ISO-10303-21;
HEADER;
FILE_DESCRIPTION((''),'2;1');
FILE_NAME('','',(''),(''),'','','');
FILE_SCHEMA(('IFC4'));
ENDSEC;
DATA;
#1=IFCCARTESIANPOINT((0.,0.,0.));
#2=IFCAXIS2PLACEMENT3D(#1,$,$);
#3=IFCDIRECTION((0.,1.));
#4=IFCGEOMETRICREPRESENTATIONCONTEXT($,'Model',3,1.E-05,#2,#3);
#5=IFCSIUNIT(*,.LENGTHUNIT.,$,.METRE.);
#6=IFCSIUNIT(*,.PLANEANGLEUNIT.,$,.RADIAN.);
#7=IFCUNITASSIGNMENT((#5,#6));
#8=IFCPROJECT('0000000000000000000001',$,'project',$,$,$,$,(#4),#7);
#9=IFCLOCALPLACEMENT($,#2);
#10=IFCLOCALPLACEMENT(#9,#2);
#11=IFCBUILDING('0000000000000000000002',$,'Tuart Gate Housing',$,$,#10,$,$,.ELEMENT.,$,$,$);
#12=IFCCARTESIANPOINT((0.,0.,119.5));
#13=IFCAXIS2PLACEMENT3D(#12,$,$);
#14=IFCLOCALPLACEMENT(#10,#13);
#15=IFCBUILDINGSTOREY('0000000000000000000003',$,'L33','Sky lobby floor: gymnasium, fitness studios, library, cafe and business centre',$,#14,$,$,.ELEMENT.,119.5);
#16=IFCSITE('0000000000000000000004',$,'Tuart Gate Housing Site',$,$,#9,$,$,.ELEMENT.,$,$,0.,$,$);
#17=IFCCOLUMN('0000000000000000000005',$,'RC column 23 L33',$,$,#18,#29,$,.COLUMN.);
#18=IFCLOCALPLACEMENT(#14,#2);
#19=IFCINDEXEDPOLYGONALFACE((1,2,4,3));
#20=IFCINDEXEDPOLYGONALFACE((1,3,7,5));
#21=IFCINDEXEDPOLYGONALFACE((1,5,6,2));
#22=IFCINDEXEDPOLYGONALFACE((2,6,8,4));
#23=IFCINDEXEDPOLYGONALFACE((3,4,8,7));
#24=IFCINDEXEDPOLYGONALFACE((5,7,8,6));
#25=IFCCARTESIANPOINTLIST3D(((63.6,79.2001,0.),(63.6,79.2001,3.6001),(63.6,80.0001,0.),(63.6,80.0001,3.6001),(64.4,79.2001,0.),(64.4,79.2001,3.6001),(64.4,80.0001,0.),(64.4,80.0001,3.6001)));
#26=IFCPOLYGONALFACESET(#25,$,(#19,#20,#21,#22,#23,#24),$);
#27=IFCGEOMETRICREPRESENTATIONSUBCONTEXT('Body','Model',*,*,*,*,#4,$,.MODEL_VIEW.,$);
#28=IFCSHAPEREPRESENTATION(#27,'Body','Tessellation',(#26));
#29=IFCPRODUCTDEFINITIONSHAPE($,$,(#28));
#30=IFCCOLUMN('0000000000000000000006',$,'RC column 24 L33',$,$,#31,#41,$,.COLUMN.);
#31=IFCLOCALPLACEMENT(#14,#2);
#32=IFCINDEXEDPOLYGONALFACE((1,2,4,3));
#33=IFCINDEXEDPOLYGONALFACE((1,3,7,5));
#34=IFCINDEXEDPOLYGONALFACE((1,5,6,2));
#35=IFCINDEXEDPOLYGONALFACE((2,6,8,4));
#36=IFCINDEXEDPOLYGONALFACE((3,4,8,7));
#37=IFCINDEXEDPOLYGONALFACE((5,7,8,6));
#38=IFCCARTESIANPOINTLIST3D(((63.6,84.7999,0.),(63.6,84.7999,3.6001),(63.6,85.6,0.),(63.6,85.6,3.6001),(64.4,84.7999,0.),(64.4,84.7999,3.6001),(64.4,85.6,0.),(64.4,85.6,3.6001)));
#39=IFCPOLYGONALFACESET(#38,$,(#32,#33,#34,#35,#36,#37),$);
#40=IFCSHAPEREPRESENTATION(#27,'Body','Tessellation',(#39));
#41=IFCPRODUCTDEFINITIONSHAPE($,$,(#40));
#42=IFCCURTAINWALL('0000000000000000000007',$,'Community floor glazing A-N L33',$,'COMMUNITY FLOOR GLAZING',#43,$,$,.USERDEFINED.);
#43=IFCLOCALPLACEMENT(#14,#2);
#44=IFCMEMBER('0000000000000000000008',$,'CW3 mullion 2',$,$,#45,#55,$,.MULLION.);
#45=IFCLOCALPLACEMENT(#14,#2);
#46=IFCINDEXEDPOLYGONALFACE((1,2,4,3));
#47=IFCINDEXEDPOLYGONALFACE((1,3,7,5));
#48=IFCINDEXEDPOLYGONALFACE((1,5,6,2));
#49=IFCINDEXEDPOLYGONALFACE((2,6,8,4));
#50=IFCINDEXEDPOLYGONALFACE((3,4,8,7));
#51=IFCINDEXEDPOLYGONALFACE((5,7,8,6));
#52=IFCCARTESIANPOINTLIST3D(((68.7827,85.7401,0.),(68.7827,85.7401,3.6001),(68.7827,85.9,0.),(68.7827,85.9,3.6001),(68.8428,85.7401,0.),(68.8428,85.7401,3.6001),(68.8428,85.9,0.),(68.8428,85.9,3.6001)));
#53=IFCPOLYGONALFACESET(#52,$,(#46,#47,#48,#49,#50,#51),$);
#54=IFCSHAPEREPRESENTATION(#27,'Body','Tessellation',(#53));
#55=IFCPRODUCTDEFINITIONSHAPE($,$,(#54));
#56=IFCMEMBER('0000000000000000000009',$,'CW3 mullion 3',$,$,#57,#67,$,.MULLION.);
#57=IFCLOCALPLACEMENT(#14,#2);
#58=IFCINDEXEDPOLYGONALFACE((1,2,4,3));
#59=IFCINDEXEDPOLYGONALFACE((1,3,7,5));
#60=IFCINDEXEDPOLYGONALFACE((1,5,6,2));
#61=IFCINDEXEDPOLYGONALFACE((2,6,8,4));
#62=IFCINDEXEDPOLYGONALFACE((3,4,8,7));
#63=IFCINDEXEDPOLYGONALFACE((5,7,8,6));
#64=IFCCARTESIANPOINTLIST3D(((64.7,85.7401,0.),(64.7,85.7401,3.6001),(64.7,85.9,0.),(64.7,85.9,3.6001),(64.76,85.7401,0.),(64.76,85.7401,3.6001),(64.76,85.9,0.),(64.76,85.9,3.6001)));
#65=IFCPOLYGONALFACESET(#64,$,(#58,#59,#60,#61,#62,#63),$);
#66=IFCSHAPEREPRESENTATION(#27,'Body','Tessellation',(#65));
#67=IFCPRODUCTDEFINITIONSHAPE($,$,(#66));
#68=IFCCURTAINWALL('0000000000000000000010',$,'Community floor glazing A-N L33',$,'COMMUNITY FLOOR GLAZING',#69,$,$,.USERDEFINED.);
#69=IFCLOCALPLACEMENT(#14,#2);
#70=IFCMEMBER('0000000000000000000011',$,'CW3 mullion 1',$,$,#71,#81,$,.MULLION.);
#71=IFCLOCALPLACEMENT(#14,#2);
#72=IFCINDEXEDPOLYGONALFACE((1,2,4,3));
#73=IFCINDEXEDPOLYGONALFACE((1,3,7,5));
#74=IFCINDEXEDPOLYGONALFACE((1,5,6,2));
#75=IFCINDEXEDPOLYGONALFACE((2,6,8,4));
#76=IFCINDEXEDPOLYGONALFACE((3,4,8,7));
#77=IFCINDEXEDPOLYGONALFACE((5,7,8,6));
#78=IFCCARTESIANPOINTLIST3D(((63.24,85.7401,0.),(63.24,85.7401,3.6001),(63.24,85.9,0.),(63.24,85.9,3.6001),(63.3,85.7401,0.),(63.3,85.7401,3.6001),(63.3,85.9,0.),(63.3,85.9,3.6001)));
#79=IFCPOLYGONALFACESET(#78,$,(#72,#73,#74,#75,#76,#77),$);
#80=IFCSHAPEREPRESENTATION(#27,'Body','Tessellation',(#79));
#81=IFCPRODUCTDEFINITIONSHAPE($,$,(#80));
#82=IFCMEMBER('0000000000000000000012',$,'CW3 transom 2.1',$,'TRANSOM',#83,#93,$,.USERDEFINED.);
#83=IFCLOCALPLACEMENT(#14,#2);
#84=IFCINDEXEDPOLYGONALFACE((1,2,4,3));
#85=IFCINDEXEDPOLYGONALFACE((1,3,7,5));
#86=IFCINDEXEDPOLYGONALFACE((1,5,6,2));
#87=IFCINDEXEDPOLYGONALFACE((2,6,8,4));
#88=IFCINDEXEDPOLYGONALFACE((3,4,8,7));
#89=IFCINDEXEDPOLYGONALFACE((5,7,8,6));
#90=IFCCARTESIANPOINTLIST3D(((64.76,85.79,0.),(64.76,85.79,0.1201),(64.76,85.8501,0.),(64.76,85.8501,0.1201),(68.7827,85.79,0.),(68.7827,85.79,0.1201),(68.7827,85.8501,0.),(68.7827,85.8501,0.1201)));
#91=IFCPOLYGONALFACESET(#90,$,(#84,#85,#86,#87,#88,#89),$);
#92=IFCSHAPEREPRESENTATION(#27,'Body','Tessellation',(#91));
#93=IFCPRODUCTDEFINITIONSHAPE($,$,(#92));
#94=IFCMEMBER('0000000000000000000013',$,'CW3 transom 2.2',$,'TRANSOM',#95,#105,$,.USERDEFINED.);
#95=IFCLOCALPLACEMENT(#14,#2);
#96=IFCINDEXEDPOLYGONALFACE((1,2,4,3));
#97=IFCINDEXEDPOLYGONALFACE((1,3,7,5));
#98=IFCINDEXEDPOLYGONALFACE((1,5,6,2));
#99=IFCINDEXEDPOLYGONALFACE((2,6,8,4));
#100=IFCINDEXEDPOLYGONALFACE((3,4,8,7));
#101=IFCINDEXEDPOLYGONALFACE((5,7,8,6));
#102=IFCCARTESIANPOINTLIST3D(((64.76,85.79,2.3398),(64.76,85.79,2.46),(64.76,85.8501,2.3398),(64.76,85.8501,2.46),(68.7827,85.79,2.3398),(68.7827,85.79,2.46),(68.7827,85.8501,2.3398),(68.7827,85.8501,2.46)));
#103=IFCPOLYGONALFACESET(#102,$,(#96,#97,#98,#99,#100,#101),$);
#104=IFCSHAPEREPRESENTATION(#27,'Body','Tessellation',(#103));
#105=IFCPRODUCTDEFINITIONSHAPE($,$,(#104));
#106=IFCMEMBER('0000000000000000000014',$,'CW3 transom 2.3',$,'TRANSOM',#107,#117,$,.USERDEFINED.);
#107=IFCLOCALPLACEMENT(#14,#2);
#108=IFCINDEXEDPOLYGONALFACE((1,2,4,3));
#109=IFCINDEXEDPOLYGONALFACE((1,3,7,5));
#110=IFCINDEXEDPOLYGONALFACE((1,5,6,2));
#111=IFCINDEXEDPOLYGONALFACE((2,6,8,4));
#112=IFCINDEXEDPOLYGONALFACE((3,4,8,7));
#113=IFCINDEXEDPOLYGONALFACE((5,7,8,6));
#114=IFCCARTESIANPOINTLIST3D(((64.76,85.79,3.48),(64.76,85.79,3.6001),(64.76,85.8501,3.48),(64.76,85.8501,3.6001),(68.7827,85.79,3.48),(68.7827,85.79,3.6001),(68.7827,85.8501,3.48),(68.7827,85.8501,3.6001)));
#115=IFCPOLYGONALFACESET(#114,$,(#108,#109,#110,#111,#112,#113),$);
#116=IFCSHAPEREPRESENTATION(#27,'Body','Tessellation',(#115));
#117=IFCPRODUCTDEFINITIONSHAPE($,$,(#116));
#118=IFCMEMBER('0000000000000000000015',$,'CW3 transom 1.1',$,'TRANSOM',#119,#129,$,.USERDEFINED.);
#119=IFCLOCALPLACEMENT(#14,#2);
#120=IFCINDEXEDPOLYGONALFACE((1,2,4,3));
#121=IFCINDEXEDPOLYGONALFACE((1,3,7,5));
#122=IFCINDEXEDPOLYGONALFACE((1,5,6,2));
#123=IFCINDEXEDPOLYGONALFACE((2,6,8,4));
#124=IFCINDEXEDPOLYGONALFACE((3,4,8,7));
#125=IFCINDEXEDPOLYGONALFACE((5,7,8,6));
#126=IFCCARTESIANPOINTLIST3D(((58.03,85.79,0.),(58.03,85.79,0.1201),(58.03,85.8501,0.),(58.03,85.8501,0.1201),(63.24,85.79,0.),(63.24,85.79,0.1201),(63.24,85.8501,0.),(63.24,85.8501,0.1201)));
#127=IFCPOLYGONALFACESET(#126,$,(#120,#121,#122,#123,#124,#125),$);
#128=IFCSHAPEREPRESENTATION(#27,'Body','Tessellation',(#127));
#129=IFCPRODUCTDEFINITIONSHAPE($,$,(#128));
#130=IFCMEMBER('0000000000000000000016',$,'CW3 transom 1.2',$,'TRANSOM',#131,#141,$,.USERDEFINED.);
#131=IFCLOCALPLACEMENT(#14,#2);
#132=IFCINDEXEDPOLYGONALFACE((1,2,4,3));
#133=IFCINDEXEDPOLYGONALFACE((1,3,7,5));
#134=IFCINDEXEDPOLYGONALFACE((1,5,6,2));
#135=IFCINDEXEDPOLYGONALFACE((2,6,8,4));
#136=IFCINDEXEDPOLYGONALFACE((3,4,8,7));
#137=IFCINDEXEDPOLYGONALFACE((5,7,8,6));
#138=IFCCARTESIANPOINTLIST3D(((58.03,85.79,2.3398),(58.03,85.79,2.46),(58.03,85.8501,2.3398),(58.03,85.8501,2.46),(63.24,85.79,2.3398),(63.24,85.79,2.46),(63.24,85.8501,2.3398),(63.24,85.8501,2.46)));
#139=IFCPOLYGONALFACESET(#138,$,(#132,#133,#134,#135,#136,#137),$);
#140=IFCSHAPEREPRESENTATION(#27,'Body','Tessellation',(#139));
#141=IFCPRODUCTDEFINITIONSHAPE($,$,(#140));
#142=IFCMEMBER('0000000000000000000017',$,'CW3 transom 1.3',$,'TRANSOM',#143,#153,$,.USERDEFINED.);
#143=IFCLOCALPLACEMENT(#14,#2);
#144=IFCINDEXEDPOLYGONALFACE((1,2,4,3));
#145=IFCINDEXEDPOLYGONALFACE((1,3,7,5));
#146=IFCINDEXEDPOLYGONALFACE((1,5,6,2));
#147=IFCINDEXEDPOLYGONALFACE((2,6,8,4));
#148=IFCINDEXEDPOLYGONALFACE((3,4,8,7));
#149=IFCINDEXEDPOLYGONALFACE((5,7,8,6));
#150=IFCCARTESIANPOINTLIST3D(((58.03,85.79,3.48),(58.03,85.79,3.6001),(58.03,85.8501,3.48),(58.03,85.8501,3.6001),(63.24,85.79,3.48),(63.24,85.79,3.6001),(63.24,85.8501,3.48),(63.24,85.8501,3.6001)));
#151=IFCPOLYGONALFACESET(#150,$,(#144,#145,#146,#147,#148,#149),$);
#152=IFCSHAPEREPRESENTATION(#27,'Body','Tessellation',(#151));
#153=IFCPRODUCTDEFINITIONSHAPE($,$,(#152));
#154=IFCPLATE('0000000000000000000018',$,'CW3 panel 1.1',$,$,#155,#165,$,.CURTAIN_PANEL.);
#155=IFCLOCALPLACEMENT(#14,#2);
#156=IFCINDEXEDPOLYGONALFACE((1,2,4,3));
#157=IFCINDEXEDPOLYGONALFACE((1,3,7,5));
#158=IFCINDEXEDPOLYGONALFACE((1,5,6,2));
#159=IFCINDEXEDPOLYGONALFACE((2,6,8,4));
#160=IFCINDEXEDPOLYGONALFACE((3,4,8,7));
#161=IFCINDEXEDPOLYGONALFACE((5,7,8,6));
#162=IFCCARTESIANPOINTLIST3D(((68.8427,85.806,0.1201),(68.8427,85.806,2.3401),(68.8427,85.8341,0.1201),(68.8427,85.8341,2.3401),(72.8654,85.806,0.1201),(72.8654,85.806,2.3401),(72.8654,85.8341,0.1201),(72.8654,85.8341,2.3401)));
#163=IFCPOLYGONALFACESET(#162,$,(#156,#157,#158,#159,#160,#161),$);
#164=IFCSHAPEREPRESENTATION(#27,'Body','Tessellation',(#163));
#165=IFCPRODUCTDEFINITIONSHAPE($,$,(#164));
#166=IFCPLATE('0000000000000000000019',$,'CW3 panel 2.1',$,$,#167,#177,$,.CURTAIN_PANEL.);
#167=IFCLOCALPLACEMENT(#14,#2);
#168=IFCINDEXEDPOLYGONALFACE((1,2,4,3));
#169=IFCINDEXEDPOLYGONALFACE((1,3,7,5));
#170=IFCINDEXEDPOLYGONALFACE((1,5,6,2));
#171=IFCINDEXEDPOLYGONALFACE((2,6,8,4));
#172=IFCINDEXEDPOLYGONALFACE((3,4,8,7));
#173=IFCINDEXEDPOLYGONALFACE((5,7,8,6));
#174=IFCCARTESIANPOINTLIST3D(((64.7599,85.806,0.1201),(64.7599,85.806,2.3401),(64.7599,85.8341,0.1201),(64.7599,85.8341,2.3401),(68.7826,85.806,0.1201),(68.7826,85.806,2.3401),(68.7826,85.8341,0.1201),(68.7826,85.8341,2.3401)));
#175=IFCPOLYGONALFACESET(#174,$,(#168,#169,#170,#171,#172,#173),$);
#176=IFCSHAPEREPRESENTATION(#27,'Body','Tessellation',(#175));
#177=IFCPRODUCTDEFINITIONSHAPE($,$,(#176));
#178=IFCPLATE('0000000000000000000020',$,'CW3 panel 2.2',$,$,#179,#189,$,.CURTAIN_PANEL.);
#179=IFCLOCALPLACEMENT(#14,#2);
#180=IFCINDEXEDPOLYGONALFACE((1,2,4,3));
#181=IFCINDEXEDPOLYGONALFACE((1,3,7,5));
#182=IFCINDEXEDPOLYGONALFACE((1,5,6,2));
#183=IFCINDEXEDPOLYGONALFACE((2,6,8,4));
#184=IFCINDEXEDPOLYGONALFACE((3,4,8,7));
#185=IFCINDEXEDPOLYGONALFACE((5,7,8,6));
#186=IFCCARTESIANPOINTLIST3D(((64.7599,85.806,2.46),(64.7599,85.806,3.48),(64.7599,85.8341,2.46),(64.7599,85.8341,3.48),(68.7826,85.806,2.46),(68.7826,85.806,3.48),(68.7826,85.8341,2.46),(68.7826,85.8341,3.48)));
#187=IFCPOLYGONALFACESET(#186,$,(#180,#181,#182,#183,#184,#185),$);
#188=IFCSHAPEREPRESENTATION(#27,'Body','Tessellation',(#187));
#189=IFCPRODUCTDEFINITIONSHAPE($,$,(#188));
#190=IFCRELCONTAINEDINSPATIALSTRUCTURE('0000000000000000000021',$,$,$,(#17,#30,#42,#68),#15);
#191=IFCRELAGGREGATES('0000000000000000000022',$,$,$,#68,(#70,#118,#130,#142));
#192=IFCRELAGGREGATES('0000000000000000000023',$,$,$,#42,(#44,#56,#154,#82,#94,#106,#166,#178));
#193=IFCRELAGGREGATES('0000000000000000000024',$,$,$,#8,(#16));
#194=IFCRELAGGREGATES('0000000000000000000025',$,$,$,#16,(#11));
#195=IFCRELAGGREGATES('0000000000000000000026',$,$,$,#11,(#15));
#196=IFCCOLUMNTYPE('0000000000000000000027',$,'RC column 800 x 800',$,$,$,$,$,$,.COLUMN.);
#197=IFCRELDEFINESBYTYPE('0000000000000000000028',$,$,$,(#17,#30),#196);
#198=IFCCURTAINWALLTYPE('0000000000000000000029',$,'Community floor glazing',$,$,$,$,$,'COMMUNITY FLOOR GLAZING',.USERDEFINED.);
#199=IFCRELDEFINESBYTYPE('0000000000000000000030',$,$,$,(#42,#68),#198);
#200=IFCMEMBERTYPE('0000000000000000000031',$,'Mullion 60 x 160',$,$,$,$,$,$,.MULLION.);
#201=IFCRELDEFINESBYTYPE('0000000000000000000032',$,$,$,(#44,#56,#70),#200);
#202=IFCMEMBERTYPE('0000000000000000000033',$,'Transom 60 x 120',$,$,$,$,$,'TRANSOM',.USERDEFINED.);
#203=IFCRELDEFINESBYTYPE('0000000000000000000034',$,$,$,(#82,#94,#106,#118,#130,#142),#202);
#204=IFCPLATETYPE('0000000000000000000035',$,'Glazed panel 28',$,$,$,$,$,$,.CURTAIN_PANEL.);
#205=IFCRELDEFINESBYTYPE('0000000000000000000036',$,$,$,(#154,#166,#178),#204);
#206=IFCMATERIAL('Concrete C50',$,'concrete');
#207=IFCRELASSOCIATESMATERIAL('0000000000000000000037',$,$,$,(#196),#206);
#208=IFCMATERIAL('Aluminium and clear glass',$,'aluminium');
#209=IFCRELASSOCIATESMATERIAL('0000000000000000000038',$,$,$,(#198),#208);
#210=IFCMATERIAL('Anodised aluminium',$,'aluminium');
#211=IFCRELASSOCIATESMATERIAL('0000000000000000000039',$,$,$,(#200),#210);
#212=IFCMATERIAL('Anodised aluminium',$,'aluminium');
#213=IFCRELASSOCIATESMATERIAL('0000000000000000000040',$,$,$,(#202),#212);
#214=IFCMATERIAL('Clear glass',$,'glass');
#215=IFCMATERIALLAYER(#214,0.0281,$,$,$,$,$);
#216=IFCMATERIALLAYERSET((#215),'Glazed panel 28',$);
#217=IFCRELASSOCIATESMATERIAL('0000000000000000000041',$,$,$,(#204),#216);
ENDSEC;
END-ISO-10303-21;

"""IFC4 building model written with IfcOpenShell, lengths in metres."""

from ifc_helpers import new_model, si_unit, direction, frame, origin, origin_2d, place, context, subcontext, project, spatial, rectangle, extrude, material, layer, layer_set, material_profile, profile_set, type_object, element, aggregate, save


model = new_model("IFC4")

# Units and contexts
model_context = context("Model", 3, precision=1e-05, world=origin(), true_north=direction((0.0, 1.0)))
body_context = subcontext(model_context, "Body", "Model", "MODEL_VIEW")
ifc_project = project(units=[si_unit("LENGTHUNIT", "METRE"), si_unit("PLANEANGLEUNIT", "RADIAN")], contexts=[model_context])

# Site, building, storey
site_placement = place(None, origin())
site = spatial("IfcSite", under=ifc_project, at=site_placement, Name="Tuart Gate Housing Site", CompositionType="ELEMENT", RefElevation=0.0)
building_placement = place(site_placement, origin())
building = spatial("IfcBuilding", under=site, at=building_placement, Name="Tuart Gate Housing", CompositionType="ELEMENT")
storey_placement = place(building_placement, frame((0.0, 0.0, 119.5)))
storey = spatial("IfcBuildingStorey", under=building, at=storey_placement, Name="L33", Description="Sky lobby floor: gymnasium, fitness studios, library, cafe and business centre", CompositionType="ELEMENT", Elevation=119.5)

# Columns
ifc_material_1 = material(Name="Concrete C50", Category="concrete")
ifc_material_profile_1 = material_profile(ifc_material_1, rectangle(XDim=0.8, YDim=0.8, at=origin_2d()), Name="RC column 800 x 800")
ifc_profile_set_1 = profile_set([ifc_material_profile_1], Name="Concrete C50")
column_type = type_object("IfcColumnType", Name="RC column 800 x 800", PredefinedType="COLUMN", material=ifc_profile_set_1)
for number, where, z_axis, x_axis, name in (
    (1, (64.0, 79.6001, 0.0), (0.0, 0.0, 1.0), (1.0, 0.0, 0.0), "RC column 23 L33"),
    (2, (64.0, 85.2, 0.0), (0.0, 0.0, 1.0), (1.0, 0.0, 0.0), "RC column 24 L33"),
):
    element("IfcColumn", number, at=place(storey_placement, frame(where, z_axis=z_axis, x_axis=x_axis)), inside=storey, type_object=column_type, Name=name, PredefinedType="COLUMN", context=body_context, shape_type="SweptSolid", body=[
        extrude(rectangle(XDim=0.8, YDim=0.8, at=origin_2d()), origin(), (0.0, 0.0, 1.0), 3.6001),
    ])

# Curtain wall, members
ifc_material_2 = material(Name="Aluminium and clear glass", Category="aluminium")
curtain_wall_type = type_object("IfcCurtainWallType", Name="Community floor glazing", ElementType="COMMUNITY FLOOR GLAZING", PredefinedType="USERDEFINED", material=ifc_material_2)
curtain_wall_1_placement = place(storey_placement, origin())
curtain_wall_1 = element("IfcCurtainWall", 3, at=curtain_wall_1_placement, inside=storey, type_object=curtain_wall_type, Name="Community floor glazing A-N L33", ObjectType="COMMUNITY FLOOR GLAZING", PredefinedType="USERDEFINED")
ifc_material_3 = material(Name="Anodised aluminium", Category="aluminium")
ifc_material_profile_2 = material_profile(ifc_material_3, rectangle(XDim=0.0601, YDim=0.1599, at=origin_2d()), Name="60x160")
ifc_profile_set_2 = profile_set([ifc_material_profile_2], Name="Anodised aluminium")
member_type_1 = type_object("IfcMemberType", Name="Mullion 60 x 160", PredefinedType="MULLION", material=ifc_profile_set_2)
member_1_placement = place(storey_placement, frame((68.8127, 85.8201, 0.0), z_axis=(0.0, 0.0, 1.0), x_axis=(-1.0, 0.0, 0.0)))
member_1 = element("IfcMember", 4, at=member_1_placement, type_object=member_type_1, Name="CW3 mullion 2", PredefinedType="MULLION", context=body_context, shape_type="SweptSolid", body=[
    extrude(rectangle(XDim=0.0601, YDim=0.1599, at=origin_2d()), origin(), (0.0, 0.0, 1.0), 3.6001),
])
member_2_placement = place(storey_placement, frame((64.73, 85.8201, 0.0), z_axis=(0.0, 0.0, 1.0), x_axis=(-1.0, 0.0, 0.0)))
member_2 = element("IfcMember", 5, at=member_2_placement, type_object=member_type_1, Name="CW3 mullion 3", PredefinedType="MULLION", context=body_context, shape_type="SweptSolid", body=[
    extrude(rectangle(XDim=0.0601, YDim=0.1599, at=origin_2d()), origin(), (0.0, 0.0, 1.0), 3.6001),
])

# Curtain wall, member
curtain_wall_2_placement = place(storey_placement, origin())
curtain_wall_2 = element("IfcCurtainWall", 6, at=curtain_wall_2_placement, inside=storey, type_object=curtain_wall_type, Name="Community floor glazing A-N L33", ObjectType="COMMUNITY FLOOR GLAZING", PredefinedType="USERDEFINED")
member_3_placement = place(storey_placement, frame((63.27, 85.8201, 0.0), z_axis=(0.0, 0.0, 1.0), x_axis=(-1.0, 0.0, 0.0)))
member_3 = element("IfcMember", 7, at=member_3_placement, type_object=member_type_1, Name="CW3 mullion 1", PredefinedType="MULLION", context=body_context, shape_type="SweptSolid", body=[
    extrude(rectangle(XDim=0.0601, YDim=0.1599, at=origin_2d()), origin(), (0.0, 0.0, 1.0), 3.6001),
])

# Members
ifc_material_4 = material(Name="Anodised aluminium", Category="aluminium")
ifc_material_profile_3 = material_profile(ifc_material_4, rectangle(XDim=0.0601, YDim=0.1201, at=origin_2d()), Name="60x120")
ifc_profile_set_3 = profile_set([ifc_material_profile_3], Name="Anodised aluminium")
member_type_2 = type_object("IfcMemberType", Name="Transom 60 x 120", ElementType="TRANSOM", PredefinedType="USERDEFINED", material=ifc_profile_set_3)
member_4_placement = place(storey_placement, frame((68.7827, 85.8201, 0.0601), z_axis=(-1.0, 0.0, 0.0), x_axis=(0.0, -1.0, 0.0)))
member_4 = element("IfcMember", 8, at=member_4_placement, type_object=member_type_2, Name="CW3 transom 2.1", ObjectType="TRANSOM", PredefinedType="USERDEFINED", context=body_context, shape_type="SweptSolid", body=[
    extrude(rectangle(XDim=0.0601, YDim=0.1201, at=origin_2d()), origin(), (0.0, 0.0, 1.0), 4.0227),
])
member_5_placement = place(storey_placement, frame((68.7827, 85.8201, 2.3999), z_axis=(-1.0, 0.0, 0.0), x_axis=(0.0, -1.0, 0.0)))
member_5 = element("IfcMember", 9, at=member_5_placement, type_object=member_type_2, Name="CW3 transom 2.2", ObjectType="TRANSOM", PredefinedType="USERDEFINED", context=body_context, shape_type="SweptSolid", body=[
    extrude(rectangle(XDim=0.0601, YDim=0.1201, at=origin_2d()), origin(), (0.0, 0.0, 1.0), 4.0227),
])
member_6_placement = place(storey_placement, frame((68.7827, 85.8201, 3.54), z_axis=(-1.0, 0.0, 0.0), x_axis=(0.0, -1.0, 0.0)))
member_6 = element("IfcMember", 10, at=member_6_placement, type_object=member_type_2, Name="CW3 transom 2.3", ObjectType="TRANSOM", PredefinedType="USERDEFINED", context=body_context, shape_type="SweptSolid", body=[
    extrude(rectangle(XDim=0.0601, YDim=0.1201, at=origin_2d()), origin(), (0.0, 0.0, 1.0), 4.0227),
])
member_7_placement = place(storey_placement, frame((63.24, 85.8201, 0.0601), z_axis=(-1.0, 0.0, 0.0), x_axis=(0.0, -1.0, 0.0)))
member_7 = element("IfcMember", 11, at=member_7_placement, type_object=member_type_2, Name="CW3 transom 1.1", ObjectType="TRANSOM", PredefinedType="USERDEFINED", context=body_context, shape_type="SweptSolid", body=[
    extrude(rectangle(XDim=0.0601, YDim=0.1201, at=origin_2d()), origin(), (0.0, 0.0, 1.0), 5.21),
])
member_8_placement = place(storey_placement, frame((63.24, 85.8201, 2.3999), z_axis=(-1.0, 0.0, 0.0), x_axis=(0.0, -1.0, 0.0)))
member_8 = element("IfcMember", 12, at=member_8_placement, type_object=member_type_2, Name="CW3 transom 1.2", ObjectType="TRANSOM", PredefinedType="USERDEFINED", context=body_context, shape_type="SweptSolid", body=[
    extrude(rectangle(XDim=0.0601, YDim=0.1201, at=origin_2d()), origin(), (0.0, 0.0, 1.0), 5.21),
])
member_9_placement = place(storey_placement, frame((63.24, 85.8201, 3.54), z_axis=(-1.0, 0.0, 0.0), x_axis=(0.0, -1.0, 0.0)))
member_9 = element("IfcMember", 13, at=member_9_placement, type_object=member_type_2, Name="CW3 transom 1.3", ObjectType="TRANSOM", PredefinedType="USERDEFINED", context=body_context, shape_type="SweptSolid", body=[
    extrude(rectangle(XDim=0.0601, YDim=0.1201, at=origin_2d()), origin(), (0.0, 0.0, 1.0), 5.21),
])

# Plates
ifc_material_5 = material(Name="Clear glass", Category="glass")
ifc_layer_1 = layer(ifc_material_5, 0.0281)
ifc_layer_set_1 = layer_set([ifc_layer_1], Name="Glazed panel 28")
plate_type_1 = type_object("IfcPlateType", Name="Glazed panel 28", PredefinedType="CURTAIN_PANEL", material=ifc_layer_set_1)
plate_1_placement = place(storey_placement, frame((70.854, 85.8201, 0.1201), z_axis=(0.0, 0.0, 1.0), x_axis=(-1.0, 0.0, 0.0)))
plate_1 = element("IfcPlate", 14, at=plate_1_placement, type_object=plate_type_1, Name="CW3 panel 1.1", PredefinedType="CURTAIN_PANEL", context=body_context, shape_type="SweptSolid", body=[
    extrude(rectangle(XDim=4.0227, YDim=0.0281, at=origin_2d()), origin(), (0.0, 0.0, 1.0), 2.22),
])
plate_2_placement = place(storey_placement, frame((66.7712, 85.8201, 0.1201), z_axis=(0.0, 0.0, 1.0), x_axis=(-1.0, 0.0, 0.0)))
plate_2 = element("IfcPlate", 15, at=plate_2_placement, type_object=plate_type_1, Name="CW3 panel 2.1", PredefinedType="CURTAIN_PANEL", context=body_context, shape_type="SweptSolid", body=[
    extrude(rectangle(XDim=4.0227, YDim=0.0281, at=origin_2d()), origin(), (0.0, 0.0, 1.0), 2.22),
])
plate_3_placement = place(storey_placement, frame((66.7712, 85.8201, 2.46), z_axis=(0.0, 0.0, 1.0), x_axis=(-1.0, 0.0, 0.0)))
plate_3 = element("IfcPlate", 16, at=plate_3_placement, type_object=plate_type_1, Name="CW3 panel 2.2", PredefinedType="CURTAIN_PANEL", context=body_context, shape_type="SweptSolid", body=[
    extrude(rectangle(XDim=4.0227, YDim=0.0281, at=origin_2d()), origin(), (0.0, 0.0, 1.0), 1.02),
])
aggregate(curtain_wall_2, [member_3, member_7, member_8, member_9])
aggregate(curtain_wall_1, [member_1, member_2, plate_1, member_4, member_5, member_6, plate_2, plate_3])

save(model, "model.ifc")
